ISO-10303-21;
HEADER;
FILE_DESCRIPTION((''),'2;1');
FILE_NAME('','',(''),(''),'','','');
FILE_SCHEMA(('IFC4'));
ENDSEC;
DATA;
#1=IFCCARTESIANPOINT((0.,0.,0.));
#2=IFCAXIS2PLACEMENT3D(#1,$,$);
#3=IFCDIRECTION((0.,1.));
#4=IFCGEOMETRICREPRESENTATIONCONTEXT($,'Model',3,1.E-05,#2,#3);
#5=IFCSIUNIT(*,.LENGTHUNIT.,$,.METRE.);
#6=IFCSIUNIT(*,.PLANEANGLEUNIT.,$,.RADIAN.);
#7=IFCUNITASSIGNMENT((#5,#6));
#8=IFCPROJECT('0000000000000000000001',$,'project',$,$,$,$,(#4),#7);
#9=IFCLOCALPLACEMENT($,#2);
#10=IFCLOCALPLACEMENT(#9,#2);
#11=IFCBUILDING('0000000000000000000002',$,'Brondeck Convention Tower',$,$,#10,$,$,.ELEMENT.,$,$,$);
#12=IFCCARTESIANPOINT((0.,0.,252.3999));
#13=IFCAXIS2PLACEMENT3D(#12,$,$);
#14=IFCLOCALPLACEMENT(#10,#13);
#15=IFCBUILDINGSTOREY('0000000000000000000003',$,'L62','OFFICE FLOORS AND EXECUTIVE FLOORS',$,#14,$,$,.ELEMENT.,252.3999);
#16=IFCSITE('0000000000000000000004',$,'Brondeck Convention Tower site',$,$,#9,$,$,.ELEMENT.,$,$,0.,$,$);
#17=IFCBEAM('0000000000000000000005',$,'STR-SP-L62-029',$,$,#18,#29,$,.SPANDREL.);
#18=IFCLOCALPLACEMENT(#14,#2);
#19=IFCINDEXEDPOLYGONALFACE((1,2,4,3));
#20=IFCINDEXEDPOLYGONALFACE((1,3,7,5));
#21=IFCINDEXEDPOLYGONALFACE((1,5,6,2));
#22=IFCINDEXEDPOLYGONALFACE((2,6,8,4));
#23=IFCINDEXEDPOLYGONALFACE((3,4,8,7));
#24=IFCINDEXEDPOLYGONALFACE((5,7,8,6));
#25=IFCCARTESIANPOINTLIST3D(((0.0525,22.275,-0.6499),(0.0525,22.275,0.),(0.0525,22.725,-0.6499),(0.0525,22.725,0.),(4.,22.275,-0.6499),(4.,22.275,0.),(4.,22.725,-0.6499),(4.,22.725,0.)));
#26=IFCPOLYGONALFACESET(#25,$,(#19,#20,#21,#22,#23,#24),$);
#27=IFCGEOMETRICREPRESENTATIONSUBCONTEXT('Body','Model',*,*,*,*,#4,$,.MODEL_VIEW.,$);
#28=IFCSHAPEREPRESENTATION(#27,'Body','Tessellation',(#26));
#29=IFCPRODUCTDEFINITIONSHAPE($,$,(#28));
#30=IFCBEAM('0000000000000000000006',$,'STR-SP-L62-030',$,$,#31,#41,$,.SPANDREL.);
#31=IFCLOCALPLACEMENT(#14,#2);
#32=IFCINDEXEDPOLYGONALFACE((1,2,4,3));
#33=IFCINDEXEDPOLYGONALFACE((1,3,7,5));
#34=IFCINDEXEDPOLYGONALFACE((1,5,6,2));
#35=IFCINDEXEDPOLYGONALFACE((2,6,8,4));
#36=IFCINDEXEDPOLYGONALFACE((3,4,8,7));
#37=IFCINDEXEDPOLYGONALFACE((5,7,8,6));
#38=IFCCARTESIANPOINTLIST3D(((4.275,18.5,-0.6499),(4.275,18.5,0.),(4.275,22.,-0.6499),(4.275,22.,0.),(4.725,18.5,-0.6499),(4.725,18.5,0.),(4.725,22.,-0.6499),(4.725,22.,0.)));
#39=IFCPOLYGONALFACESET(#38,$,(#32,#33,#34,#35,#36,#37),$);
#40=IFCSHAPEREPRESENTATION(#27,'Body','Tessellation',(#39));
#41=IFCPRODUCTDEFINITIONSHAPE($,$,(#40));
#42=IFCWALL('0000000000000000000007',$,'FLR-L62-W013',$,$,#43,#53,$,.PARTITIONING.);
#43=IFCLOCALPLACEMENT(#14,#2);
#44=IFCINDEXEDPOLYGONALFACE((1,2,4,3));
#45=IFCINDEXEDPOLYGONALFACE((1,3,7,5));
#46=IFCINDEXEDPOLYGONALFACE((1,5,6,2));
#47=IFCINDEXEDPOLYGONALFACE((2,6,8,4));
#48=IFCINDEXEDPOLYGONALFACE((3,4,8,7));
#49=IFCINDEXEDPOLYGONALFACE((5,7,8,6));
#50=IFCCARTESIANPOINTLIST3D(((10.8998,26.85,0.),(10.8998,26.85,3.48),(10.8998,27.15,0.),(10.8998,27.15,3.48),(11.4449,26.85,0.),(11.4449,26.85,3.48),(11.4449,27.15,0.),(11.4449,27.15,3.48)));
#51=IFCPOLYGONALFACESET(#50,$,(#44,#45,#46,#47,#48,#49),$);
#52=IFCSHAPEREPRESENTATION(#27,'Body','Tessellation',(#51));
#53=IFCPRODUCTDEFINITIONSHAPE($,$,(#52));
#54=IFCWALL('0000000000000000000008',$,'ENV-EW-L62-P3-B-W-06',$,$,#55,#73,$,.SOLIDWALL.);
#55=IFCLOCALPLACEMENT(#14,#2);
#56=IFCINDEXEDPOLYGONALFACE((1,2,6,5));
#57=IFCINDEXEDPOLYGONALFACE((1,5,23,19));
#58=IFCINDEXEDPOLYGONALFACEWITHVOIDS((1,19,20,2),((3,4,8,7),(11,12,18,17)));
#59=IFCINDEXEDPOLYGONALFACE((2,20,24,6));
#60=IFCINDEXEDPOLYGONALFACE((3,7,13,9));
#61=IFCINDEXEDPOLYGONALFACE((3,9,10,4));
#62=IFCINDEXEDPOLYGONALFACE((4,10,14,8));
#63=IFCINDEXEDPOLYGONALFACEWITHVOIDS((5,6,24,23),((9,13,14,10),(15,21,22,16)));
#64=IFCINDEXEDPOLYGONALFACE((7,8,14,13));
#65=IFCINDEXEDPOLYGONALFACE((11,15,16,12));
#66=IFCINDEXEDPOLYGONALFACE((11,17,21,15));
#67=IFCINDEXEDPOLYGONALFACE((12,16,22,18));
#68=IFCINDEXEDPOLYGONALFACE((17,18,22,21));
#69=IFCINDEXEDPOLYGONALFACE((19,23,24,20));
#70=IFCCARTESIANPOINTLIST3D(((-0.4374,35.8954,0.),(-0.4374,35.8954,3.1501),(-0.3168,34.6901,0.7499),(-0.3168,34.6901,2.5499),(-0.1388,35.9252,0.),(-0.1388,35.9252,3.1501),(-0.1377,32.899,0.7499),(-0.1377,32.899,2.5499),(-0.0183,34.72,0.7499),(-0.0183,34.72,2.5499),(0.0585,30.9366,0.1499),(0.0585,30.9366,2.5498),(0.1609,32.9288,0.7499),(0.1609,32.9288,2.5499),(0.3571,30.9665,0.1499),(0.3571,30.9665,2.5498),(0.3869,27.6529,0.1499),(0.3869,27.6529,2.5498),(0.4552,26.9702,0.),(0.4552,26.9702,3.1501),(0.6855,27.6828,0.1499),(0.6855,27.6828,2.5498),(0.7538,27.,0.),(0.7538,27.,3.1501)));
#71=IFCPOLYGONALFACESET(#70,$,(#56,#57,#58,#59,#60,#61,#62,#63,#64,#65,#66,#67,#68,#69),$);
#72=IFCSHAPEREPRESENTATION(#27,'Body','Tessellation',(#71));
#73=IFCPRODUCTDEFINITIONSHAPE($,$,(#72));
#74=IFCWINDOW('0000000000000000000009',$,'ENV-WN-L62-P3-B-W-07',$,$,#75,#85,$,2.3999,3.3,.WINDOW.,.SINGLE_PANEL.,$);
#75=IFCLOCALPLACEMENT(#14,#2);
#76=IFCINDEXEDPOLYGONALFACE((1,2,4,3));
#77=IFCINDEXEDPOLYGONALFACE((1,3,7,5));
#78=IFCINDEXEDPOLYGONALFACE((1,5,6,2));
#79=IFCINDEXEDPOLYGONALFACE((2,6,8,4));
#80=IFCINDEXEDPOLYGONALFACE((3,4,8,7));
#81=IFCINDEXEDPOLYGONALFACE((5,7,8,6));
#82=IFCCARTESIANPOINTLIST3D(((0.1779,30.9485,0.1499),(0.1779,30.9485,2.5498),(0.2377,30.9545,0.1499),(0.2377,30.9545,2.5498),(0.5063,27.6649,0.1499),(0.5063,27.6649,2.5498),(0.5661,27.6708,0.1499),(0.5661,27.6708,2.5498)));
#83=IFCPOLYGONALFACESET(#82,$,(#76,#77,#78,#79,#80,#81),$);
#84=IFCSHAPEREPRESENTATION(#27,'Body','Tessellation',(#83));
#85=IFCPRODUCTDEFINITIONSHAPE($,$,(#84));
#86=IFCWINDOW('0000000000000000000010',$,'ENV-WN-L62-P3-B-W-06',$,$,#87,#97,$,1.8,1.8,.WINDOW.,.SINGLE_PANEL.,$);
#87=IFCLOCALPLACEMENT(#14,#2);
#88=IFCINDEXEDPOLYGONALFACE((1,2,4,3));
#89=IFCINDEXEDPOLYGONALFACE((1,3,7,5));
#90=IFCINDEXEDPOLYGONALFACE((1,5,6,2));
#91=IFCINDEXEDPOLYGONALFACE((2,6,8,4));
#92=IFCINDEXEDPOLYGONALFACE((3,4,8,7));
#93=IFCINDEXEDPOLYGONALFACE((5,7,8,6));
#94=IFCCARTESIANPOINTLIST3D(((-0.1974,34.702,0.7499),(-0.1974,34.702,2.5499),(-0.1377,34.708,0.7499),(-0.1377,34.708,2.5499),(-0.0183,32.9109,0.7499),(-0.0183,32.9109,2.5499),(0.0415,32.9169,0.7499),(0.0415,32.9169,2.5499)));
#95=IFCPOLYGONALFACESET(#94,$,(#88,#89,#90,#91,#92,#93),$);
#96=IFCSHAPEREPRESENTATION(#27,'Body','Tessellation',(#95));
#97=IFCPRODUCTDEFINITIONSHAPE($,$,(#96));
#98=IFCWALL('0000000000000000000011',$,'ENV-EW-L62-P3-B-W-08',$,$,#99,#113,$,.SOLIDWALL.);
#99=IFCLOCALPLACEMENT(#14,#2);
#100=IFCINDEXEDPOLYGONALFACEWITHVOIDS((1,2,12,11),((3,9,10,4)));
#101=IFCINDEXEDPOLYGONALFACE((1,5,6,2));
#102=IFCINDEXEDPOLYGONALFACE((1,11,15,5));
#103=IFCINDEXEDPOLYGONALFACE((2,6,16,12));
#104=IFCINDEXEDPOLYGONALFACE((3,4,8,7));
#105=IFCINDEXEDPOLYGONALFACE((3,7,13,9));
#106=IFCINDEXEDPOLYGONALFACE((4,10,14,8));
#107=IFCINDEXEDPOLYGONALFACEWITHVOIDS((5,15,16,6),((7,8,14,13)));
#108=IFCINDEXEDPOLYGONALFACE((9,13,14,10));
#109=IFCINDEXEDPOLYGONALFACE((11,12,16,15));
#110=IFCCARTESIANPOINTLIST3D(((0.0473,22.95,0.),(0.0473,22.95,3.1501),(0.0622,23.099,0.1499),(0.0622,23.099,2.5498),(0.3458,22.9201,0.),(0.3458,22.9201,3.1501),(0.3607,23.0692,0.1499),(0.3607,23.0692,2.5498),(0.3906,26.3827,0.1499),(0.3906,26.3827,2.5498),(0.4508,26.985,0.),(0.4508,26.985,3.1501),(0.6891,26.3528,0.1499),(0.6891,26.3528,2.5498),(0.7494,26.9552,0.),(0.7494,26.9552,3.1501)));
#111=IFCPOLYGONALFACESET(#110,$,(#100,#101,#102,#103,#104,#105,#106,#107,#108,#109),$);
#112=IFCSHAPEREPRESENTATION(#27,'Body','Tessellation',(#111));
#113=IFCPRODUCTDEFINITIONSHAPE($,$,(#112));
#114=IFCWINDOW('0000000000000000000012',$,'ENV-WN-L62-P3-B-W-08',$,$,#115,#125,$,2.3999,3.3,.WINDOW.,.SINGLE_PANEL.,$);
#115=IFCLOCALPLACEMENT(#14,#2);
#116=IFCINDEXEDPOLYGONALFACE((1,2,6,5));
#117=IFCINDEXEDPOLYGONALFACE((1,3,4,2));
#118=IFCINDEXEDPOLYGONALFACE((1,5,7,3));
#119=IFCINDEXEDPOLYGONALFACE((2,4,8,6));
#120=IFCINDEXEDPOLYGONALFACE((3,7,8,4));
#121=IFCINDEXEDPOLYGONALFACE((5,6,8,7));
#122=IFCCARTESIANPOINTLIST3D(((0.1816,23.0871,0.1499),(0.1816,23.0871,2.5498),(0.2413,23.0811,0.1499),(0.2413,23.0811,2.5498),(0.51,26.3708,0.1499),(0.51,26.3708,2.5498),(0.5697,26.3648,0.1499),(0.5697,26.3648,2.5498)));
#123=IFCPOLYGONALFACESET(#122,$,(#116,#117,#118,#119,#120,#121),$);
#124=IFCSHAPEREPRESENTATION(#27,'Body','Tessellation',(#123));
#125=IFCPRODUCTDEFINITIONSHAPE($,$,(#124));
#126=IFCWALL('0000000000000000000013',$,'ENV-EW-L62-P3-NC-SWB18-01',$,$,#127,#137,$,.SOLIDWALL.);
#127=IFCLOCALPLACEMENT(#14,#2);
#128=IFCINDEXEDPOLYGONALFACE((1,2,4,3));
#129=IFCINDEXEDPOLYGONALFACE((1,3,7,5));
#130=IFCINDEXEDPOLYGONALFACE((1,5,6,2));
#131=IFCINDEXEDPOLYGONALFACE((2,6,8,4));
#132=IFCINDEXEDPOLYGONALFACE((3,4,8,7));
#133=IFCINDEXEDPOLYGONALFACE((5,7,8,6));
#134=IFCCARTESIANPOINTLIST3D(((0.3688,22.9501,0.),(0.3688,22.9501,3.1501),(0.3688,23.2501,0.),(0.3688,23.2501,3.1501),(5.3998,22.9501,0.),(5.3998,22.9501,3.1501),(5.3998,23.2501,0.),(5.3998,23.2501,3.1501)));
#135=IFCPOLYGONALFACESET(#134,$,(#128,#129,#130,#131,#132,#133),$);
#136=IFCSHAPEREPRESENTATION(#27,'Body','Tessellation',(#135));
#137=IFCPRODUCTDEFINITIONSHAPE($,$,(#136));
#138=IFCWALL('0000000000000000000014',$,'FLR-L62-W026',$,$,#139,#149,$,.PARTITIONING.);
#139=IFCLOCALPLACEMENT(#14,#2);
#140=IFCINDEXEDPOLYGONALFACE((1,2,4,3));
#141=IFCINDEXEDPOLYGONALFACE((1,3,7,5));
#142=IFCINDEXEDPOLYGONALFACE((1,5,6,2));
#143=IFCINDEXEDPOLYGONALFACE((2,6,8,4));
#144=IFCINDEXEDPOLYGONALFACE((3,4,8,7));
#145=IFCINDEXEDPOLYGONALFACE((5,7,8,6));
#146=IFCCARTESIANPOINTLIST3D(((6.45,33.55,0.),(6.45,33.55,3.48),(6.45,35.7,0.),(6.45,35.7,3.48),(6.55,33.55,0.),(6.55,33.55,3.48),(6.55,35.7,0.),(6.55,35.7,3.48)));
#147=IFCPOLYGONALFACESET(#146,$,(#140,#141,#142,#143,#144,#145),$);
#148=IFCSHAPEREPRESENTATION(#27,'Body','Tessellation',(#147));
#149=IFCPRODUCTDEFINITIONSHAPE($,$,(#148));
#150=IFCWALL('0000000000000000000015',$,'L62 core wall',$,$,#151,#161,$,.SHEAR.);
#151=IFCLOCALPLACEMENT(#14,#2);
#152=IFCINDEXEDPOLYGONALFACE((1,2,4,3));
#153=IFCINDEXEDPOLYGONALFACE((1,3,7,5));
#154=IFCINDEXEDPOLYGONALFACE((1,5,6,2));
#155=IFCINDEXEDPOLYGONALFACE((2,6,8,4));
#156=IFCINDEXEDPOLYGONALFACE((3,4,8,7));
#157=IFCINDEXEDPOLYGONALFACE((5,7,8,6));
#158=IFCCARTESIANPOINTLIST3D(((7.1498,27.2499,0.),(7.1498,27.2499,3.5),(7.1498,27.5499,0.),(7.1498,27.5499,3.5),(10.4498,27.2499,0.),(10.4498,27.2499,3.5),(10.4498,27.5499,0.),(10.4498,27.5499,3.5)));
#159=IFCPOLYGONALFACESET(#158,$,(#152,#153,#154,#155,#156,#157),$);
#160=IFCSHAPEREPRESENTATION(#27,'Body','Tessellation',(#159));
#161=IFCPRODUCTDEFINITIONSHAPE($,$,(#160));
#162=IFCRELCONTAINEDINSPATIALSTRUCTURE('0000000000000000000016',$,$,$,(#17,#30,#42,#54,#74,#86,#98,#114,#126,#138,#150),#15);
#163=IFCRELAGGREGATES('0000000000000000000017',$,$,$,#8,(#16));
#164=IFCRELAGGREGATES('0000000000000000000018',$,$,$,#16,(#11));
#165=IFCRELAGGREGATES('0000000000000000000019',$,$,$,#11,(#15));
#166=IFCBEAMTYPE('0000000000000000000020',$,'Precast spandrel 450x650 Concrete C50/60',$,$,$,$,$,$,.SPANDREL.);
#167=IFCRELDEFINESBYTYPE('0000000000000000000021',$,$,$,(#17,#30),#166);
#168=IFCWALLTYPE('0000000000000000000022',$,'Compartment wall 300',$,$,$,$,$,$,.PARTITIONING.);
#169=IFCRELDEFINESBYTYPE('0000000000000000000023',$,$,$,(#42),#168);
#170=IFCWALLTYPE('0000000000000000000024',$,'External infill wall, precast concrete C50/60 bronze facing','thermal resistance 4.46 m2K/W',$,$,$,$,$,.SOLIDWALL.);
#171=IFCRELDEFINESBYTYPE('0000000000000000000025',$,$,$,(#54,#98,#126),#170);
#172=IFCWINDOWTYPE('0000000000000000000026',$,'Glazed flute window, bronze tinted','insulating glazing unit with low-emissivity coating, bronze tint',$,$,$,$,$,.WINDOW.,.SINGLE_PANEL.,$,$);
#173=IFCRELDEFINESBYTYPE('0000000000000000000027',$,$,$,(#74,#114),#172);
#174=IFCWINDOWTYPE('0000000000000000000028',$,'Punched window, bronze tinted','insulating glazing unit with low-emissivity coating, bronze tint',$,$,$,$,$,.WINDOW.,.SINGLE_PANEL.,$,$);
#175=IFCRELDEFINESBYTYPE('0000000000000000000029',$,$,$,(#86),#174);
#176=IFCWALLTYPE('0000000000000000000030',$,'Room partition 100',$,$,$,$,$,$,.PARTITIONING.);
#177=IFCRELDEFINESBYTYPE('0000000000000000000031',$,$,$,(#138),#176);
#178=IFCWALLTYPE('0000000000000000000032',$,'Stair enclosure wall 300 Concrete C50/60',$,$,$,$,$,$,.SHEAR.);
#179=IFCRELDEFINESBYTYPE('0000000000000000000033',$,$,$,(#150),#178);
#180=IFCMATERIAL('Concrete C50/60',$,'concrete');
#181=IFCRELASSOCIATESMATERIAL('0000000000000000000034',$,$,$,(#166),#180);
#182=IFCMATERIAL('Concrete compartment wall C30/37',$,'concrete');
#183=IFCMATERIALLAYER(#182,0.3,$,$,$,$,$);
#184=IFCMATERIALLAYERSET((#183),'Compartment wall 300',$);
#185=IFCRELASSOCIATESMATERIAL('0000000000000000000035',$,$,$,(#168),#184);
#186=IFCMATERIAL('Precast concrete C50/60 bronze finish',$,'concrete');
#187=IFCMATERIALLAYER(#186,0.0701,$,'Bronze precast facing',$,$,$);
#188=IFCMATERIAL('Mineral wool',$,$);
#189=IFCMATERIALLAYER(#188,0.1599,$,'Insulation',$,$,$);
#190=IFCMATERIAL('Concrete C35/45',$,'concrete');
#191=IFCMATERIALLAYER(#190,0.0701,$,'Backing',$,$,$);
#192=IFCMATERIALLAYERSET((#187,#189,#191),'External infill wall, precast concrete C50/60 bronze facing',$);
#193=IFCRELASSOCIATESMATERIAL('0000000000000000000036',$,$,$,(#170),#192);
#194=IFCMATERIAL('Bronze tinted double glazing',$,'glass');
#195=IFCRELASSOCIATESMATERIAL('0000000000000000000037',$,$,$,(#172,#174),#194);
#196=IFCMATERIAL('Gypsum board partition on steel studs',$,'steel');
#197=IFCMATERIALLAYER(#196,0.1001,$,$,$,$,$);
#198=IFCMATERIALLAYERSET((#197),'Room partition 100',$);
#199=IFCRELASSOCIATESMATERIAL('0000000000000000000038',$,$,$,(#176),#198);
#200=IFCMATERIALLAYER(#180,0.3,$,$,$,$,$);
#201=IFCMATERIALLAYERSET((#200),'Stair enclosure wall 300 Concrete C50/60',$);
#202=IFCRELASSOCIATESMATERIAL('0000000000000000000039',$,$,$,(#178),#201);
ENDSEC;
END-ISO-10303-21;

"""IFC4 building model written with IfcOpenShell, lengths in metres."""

from ifc_helpers import new_model, si_unit, direction, frame, frame_2d, origin, origin_2d, place, context, subcontext, project, spatial, rectangle, extrude, material, layer, layer_set, material_profile, profile_set, type_object, element, fill, save


model = new_model("IFC4")

# Units and contexts
model_context = context("Model", 3, precision=1e-05, world=origin(), true_north=direction((0.0, 1.0)))
body_context = subcontext(model_context, "Body", "Model", "MODEL_VIEW")
ifc_project = project(units=[si_unit("LENGTHUNIT", "METRE"), si_unit("PLANEANGLEUNIT", "RADIAN")], contexts=[model_context])

# Site, building, storey
site_placement = place(None, origin())
site = spatial("IfcSite", under=ifc_project, at=site_placement, Name="Brondeck Convention Tower site", CompositionType="ELEMENT", RefElevation=0.0)
building_placement = place(site_placement, origin())
building = spatial("IfcBuilding", under=site, at=building_placement, Name="Brondeck Convention Tower", CompositionType="ELEMENT")
storey_placement = place(building_placement, frame((0.0, 0.0, 252.3999)))
storey = spatial("IfcBuildingStorey", under=building, at=storey_placement, Name="L62", Description="OFFICE FLOORS AND EXECUTIVE FLOORS", CompositionType="ELEMENT", Elevation=252.3999)

# Shared definitions
ifc_material_1 = material(Name="Concrete C50/60", Category="concrete")

# Beams
ifc_material_profile_1 = material_profile(ifc_material_1, rectangle(XDim=0.45, YDim=0.6499, at=origin_2d()), Name="Precast spandrel 450x650 Concrete C50/60")
ifc_profile_set_1 = profile_set([ifc_material_profile_1], Name="Concrete C50/60")
beam_type_1 = type_object("IfcBeamType", Name="Precast spandrel 450x650 Concrete C50/60", PredefinedType="SPANDREL", material=ifc_profile_set_1)
beam_1_placement = place(storey_placement, frame((0.0525, 22.5, -0.325), z_axis=(1.0, 0.0, 0.0), x_axis=(0.0, 1.0, 0.0)))
element("IfcBeam", 1, at=beam_1_placement, inside=storey, type_object=beam_type_1, Name="STR-SP-L62-029", PredefinedType="SPANDREL", context=body_context, shape_type="SweptSolid", body=[
    extrude(rectangle(XDim=0.45, YDim=0.6499, at=origin_2d()), origin(), (0.0, 0.0, 1.0), 3.9475),
])
beam_2_placement = place(storey_placement, frame((4.5, 22.0, -0.325), z_axis=(0.0, -1.0, 0.0), x_axis=(1.0, 0.0, 0.0)))
element("IfcBeam", 2, at=beam_2_placement, inside=storey, type_object=beam_type_1, Name="STR-SP-L62-030", PredefinedType="SPANDREL", context=body_context, shape_type="SweptSolid", body=[
    extrude(rectangle(XDim=0.45, YDim=0.6499, at=origin_2d()), origin(), (0.0, 0.0, 1.0), 3.5),
])

# Wall
ifc_material_2 = material(Name="Concrete compartment wall C30/37", Category="concrete")
ifc_layer_1 = layer(ifc_material_2, 0.3)
ifc_layer_set_1 = layer_set([ifc_layer_1], Name="Compartment wall 300")
wall_type_1 = type_object("IfcWallType", Name="Compartment wall 300", PredefinedType="PARTITIONING", material=ifc_layer_set_1)
wall_1_placement = place(storey_placement, frame((10.8999, 27.0, 0.0), z_axis=(0.0, 0.0, 1.0), x_axis=(1.0, 0.0, 0.0)))
element("IfcWall", 3, at=wall_1_placement, inside=storey, type_object=wall_type_1, Name="FLR-L62-W013", PredefinedType="PARTITIONING", context=body_context, shape_type="SweptSolid", body=[
    extrude(rectangle(XDim=0.5452, YDim=0.3, at=frame_2d((0.2725, 0.0))), origin(), (0.0, 0.0, 1.0), 3.48),
])

# Wall, openings, windows
ifc_material_3 = material(Name="Precast concrete C50/60 bronze finish", Category="concrete")
ifc_layer_2 = layer(ifc_material_3, 0.0701, Name="Bronze precast facing")
ifc_material_4 = material(Name="Mineral wool")
ifc_layer_3 = layer(ifc_material_4, 0.1599, Name="Insulation")
ifc_material_5 = material(Name="Concrete C35/45", Category="concrete")
ifc_layer_4 = layer(ifc_material_5, 0.0701, Name="Backing")
ifc_layer_set_2 = layer_set([ifc_layer_2, ifc_layer_3, ifc_layer_4], Name="External infill wall, precast concrete C50/60 bronze facing")
wall_type_2 = type_object("IfcWallType", Name="External infill wall, precast concrete C50/60 bronze facing", Description="thermal resistance 4.46 m2K/W", PredefinedType="SOLIDWALL", material=ifc_layer_set_2)
wall_2_placement = place(storey_placement, frame((0.6045, 26.9851, 0.0), z_axis=(0.0, 0.0, 1.0), x_axis=(-0.099509, 0.995037, 0.0)))
wall_2 = element("IfcWall", 4, at=wall_2_placement, inside=storey, type_object=wall_type_2, Name="ENV-EW-L62-P3-B-W-06", PredefinedType="SOLIDWALL", context=body_context, shape_type="SweptSolid", body=[
    extrude(rectangle(XDim=8.9697, YDim=0.3, at=frame_2d((4.4849, 0.0))), origin(), (0.0, 0.0, 1.0), 3.1501),
])
opening_1_placement = place(wall_2_placement, frame((0.6863, 0.0, 0.1499)))
opening_1 = element("IfcOpeningElement", 5, at=opening_1_placement, cuts=wall_2, PredefinedType="OPENING", context=body_context, shape_type="SweptSolid", body=[
    extrude(rectangle(XDim=3.3, YDim=2.3999, at=frame_2d((1.6499, 1.2))), frame((0.0, 0.1599, 0.0), z_axis=(0.0, -1.0, 0.0), x_axis=(1.0, 0.0, 0.0)), (0.0, 0.0, 1.0), 0.3201),
])
opening_2_placement = place(wall_2_placement, frame((5.9585, 0.0, 0.75)))
opening_2 = element("IfcOpeningElement", 6, at=opening_2_placement, cuts=wall_2, PredefinedType="OPENING", context=body_context, shape_type="SweptSolid", body=[
    extrude(rectangle(XDim=1.8, YDim=1.8, at=frame_2d((0.8999, 0.8999))), frame((0.0, 0.1599, 0.0), z_axis=(0.0, -1.0, 0.0), x_axis=(1.0, 0.0, 0.0)), (0.0, 0.0, 1.0), 0.3201),
])
ifc_material_6 = material(Name="Bronze tinted double glazing", Category="glass")
window_type_1 = type_object("IfcWindowType", Name="Glazed flute window, bronze tinted", Description="insulating glazing unit with low-emissivity coating, bronze tint", PartitioningType="SINGLE_PANEL", PredefinedType="WINDOW", material=ifc_material_6)
window_1_placement = place(opening_1_placement, origin())
window_1 = element("IfcWindow", 7, at=window_1_placement, inside=storey, type_object=window_type_1, Name="ENV-WN-L62-P3-B-W-07", OverallHeight=2.3999, OverallWidth=3.3, PartitioningType="SINGLE_PANEL", PredefinedType="WINDOW", context=body_context, shape_type="SweptSolid", body=[
    extrude(rectangle(XDim=3.3, YDim=2.3999, at=frame_2d((1.6499, 1.2))), frame((0.0, 0.03, 0.0), z_axis=(0.0, -1.0, 0.0), x_axis=(1.0, 0.0, 0.0)), (0.0, 0.0, 1.0), 0.0601),
])
fill(opening_1, window_1)
window_type_2 = type_object("IfcWindowType", Name="Punched window, bronze tinted", Description="insulating glazing unit with low-emissivity coating, bronze tint", PartitioningType="SINGLE_PANEL", PredefinedType="WINDOW", material=ifc_material_6)
window_2_placement = place(opening_2_placement, origin())
window_2 = element("IfcWindow", 8, at=window_2_placement, inside=storey, type_object=window_type_2, Name="ENV-WN-L62-P3-B-W-06", OverallHeight=1.8, OverallWidth=1.8, PartitioningType="SINGLE_PANEL", PredefinedType="WINDOW", context=body_context, shape_type="SweptSolid", body=[
    extrude(rectangle(XDim=1.8, YDim=1.8, at=frame_2d((0.8999, 0.8999))), frame((0.0, 0.03, 0.0), z_axis=(0.0, -1.0, 0.0), x_axis=(1.0, 0.0, 0.0)), (0.0, 0.0, 1.0), 0.0601),
])
fill(opening_2, window_2)

# Wall, opening, window
wall_3_placement = place(storey_placement, frame((0.1965, 22.9351, 0.0), z_axis=(0.0, 0.0, 1.0), x_axis=(0.099516, 0.995036, 0.0)))
wall_3 = element("IfcWall", 9, at=wall_3_placement, inside=storey, type_object=wall_type_2, Name="ENV-EW-L62-P3-B-W-08", PredefinedType="SOLIDWALL", context=body_context, shape_type="SweptSolid", body=[
    extrude(rectangle(XDim=4.0552, YDim=0.3, at=frame_2d((2.0276, 0.0))), origin(), (0.0, 0.0, 1.0), 3.1501),
])
opening_3_placement = place(wall_3_placement, frame((0.1499, 0.0, 0.1499)))
opening_3 = element("IfcOpeningElement", 10, at=opening_3_placement, cuts=wall_3, PredefinedType="OPENING", context=body_context, shape_type="SweptSolid", body=[
    extrude(rectangle(XDim=3.3, YDim=2.3999, at=frame_2d((1.6499, 1.2))), frame((0.0, 0.1599, 0.0), z_axis=(0.0, -1.0, 0.0), x_axis=(1.0, 0.0, 0.0)), (0.0, 0.0, 1.0), 0.3201),
])
window_3_placement = place(opening_3_placement, origin())
window_3 = element("IfcWindow", 11, at=window_3_placement, inside=storey, type_object=window_type_1, Name="ENV-WN-L62-P3-B-W-08", OverallHeight=2.3999, OverallWidth=3.3, PartitioningType="SINGLE_PANEL", PredefinedType="WINDOW", context=body_context, shape_type="SweptSolid", body=[
    extrude(rectangle(XDim=3.3, YDim=2.3999, at=frame_2d((1.6499, 1.2))), frame((0.0, 0.03, 0.0), z_axis=(0.0, -1.0, 0.0), x_axis=(1.0, 0.0, 0.0)), (0.0, 0.0, 1.0), 0.0601),
])
fill(opening_3, window_3)

# Walls
wall_4_placement = place(storey_placement, frame((5.3999, 23.1001, 0.0), z_axis=(0.0, 0.0, 1.0), x_axis=(-1.0, 0.0, 0.0)))
element("IfcWall", 12, at=wall_4_placement, inside=storey, type_object=wall_type_2, Name="ENV-EW-L62-P3-NC-SWB18-01", PredefinedType="SOLIDWALL", context=body_context, shape_type="SweptSolid", body=[
    extrude(rectangle(XDim=5.031, YDim=0.3, at=frame_2d((2.5156, 0.0))), origin(), (0.0, 0.0, 1.0), 3.1501),
])
ifc_material_7 = material(Name="Gypsum board partition on steel studs", Category="steel")
ifc_layer_5 = layer(ifc_material_7, 0.1001)
ifc_layer_set_3 = layer_set([ifc_layer_5], Name="Room partition 100")
wall_type_3 = type_object("IfcWallType", Name="Room partition 100", PredefinedType="PARTITIONING", material=ifc_layer_set_3)
wall_5_placement = place(storey_placement, frame((6.5, 33.55, 0.0), z_axis=(0.0, 0.0, 1.0), x_axis=(0.0, 1.0, 0.0)))
element("IfcWall", 13, at=wall_5_placement, inside=storey, type_object=wall_type_3, Name="FLR-L62-W026", PredefinedType="PARTITIONING", context=body_context, shape_type="SweptSolid", body=[
    extrude(rectangle(XDim=2.1499, YDim=0.1001, at=frame_2d((1.075, 0.0))), origin(), (0.0, 0.0, 1.0), 3.48),
])
ifc_layer_6 = layer(ifc_material_1, 0.3)
ifc_layer_set_4 = layer_set([ifc_layer_6], Name="Stair enclosure wall 300 Concrete C50/60")
wall_type_4 = type_object("IfcWallType", Name="Stair enclosure wall 300 Concrete C50/60", PredefinedType="SHEAR", material=ifc_layer_set_4)
wall_6_placement = place(storey_placement, frame((7.1499, 27.3999, 0.0), z_axis=(0.0, 0.0, 1.0), x_axis=(1.0, 0.0, 0.0)))
element("IfcWall", 14, at=wall_6_placement, inside=storey, type_object=wall_type_4, Name="L62 core wall", PredefinedType="SHEAR", context=body_context, shape_type="SweptSolid", body=[
    extrude(rectangle(XDim=3.3, YDim=0.3, at=frame_2d((1.6499, 0.0))), origin(), (0.0, 0.0, 1.0), 3.5),
])

save(model, "model.ifc")
